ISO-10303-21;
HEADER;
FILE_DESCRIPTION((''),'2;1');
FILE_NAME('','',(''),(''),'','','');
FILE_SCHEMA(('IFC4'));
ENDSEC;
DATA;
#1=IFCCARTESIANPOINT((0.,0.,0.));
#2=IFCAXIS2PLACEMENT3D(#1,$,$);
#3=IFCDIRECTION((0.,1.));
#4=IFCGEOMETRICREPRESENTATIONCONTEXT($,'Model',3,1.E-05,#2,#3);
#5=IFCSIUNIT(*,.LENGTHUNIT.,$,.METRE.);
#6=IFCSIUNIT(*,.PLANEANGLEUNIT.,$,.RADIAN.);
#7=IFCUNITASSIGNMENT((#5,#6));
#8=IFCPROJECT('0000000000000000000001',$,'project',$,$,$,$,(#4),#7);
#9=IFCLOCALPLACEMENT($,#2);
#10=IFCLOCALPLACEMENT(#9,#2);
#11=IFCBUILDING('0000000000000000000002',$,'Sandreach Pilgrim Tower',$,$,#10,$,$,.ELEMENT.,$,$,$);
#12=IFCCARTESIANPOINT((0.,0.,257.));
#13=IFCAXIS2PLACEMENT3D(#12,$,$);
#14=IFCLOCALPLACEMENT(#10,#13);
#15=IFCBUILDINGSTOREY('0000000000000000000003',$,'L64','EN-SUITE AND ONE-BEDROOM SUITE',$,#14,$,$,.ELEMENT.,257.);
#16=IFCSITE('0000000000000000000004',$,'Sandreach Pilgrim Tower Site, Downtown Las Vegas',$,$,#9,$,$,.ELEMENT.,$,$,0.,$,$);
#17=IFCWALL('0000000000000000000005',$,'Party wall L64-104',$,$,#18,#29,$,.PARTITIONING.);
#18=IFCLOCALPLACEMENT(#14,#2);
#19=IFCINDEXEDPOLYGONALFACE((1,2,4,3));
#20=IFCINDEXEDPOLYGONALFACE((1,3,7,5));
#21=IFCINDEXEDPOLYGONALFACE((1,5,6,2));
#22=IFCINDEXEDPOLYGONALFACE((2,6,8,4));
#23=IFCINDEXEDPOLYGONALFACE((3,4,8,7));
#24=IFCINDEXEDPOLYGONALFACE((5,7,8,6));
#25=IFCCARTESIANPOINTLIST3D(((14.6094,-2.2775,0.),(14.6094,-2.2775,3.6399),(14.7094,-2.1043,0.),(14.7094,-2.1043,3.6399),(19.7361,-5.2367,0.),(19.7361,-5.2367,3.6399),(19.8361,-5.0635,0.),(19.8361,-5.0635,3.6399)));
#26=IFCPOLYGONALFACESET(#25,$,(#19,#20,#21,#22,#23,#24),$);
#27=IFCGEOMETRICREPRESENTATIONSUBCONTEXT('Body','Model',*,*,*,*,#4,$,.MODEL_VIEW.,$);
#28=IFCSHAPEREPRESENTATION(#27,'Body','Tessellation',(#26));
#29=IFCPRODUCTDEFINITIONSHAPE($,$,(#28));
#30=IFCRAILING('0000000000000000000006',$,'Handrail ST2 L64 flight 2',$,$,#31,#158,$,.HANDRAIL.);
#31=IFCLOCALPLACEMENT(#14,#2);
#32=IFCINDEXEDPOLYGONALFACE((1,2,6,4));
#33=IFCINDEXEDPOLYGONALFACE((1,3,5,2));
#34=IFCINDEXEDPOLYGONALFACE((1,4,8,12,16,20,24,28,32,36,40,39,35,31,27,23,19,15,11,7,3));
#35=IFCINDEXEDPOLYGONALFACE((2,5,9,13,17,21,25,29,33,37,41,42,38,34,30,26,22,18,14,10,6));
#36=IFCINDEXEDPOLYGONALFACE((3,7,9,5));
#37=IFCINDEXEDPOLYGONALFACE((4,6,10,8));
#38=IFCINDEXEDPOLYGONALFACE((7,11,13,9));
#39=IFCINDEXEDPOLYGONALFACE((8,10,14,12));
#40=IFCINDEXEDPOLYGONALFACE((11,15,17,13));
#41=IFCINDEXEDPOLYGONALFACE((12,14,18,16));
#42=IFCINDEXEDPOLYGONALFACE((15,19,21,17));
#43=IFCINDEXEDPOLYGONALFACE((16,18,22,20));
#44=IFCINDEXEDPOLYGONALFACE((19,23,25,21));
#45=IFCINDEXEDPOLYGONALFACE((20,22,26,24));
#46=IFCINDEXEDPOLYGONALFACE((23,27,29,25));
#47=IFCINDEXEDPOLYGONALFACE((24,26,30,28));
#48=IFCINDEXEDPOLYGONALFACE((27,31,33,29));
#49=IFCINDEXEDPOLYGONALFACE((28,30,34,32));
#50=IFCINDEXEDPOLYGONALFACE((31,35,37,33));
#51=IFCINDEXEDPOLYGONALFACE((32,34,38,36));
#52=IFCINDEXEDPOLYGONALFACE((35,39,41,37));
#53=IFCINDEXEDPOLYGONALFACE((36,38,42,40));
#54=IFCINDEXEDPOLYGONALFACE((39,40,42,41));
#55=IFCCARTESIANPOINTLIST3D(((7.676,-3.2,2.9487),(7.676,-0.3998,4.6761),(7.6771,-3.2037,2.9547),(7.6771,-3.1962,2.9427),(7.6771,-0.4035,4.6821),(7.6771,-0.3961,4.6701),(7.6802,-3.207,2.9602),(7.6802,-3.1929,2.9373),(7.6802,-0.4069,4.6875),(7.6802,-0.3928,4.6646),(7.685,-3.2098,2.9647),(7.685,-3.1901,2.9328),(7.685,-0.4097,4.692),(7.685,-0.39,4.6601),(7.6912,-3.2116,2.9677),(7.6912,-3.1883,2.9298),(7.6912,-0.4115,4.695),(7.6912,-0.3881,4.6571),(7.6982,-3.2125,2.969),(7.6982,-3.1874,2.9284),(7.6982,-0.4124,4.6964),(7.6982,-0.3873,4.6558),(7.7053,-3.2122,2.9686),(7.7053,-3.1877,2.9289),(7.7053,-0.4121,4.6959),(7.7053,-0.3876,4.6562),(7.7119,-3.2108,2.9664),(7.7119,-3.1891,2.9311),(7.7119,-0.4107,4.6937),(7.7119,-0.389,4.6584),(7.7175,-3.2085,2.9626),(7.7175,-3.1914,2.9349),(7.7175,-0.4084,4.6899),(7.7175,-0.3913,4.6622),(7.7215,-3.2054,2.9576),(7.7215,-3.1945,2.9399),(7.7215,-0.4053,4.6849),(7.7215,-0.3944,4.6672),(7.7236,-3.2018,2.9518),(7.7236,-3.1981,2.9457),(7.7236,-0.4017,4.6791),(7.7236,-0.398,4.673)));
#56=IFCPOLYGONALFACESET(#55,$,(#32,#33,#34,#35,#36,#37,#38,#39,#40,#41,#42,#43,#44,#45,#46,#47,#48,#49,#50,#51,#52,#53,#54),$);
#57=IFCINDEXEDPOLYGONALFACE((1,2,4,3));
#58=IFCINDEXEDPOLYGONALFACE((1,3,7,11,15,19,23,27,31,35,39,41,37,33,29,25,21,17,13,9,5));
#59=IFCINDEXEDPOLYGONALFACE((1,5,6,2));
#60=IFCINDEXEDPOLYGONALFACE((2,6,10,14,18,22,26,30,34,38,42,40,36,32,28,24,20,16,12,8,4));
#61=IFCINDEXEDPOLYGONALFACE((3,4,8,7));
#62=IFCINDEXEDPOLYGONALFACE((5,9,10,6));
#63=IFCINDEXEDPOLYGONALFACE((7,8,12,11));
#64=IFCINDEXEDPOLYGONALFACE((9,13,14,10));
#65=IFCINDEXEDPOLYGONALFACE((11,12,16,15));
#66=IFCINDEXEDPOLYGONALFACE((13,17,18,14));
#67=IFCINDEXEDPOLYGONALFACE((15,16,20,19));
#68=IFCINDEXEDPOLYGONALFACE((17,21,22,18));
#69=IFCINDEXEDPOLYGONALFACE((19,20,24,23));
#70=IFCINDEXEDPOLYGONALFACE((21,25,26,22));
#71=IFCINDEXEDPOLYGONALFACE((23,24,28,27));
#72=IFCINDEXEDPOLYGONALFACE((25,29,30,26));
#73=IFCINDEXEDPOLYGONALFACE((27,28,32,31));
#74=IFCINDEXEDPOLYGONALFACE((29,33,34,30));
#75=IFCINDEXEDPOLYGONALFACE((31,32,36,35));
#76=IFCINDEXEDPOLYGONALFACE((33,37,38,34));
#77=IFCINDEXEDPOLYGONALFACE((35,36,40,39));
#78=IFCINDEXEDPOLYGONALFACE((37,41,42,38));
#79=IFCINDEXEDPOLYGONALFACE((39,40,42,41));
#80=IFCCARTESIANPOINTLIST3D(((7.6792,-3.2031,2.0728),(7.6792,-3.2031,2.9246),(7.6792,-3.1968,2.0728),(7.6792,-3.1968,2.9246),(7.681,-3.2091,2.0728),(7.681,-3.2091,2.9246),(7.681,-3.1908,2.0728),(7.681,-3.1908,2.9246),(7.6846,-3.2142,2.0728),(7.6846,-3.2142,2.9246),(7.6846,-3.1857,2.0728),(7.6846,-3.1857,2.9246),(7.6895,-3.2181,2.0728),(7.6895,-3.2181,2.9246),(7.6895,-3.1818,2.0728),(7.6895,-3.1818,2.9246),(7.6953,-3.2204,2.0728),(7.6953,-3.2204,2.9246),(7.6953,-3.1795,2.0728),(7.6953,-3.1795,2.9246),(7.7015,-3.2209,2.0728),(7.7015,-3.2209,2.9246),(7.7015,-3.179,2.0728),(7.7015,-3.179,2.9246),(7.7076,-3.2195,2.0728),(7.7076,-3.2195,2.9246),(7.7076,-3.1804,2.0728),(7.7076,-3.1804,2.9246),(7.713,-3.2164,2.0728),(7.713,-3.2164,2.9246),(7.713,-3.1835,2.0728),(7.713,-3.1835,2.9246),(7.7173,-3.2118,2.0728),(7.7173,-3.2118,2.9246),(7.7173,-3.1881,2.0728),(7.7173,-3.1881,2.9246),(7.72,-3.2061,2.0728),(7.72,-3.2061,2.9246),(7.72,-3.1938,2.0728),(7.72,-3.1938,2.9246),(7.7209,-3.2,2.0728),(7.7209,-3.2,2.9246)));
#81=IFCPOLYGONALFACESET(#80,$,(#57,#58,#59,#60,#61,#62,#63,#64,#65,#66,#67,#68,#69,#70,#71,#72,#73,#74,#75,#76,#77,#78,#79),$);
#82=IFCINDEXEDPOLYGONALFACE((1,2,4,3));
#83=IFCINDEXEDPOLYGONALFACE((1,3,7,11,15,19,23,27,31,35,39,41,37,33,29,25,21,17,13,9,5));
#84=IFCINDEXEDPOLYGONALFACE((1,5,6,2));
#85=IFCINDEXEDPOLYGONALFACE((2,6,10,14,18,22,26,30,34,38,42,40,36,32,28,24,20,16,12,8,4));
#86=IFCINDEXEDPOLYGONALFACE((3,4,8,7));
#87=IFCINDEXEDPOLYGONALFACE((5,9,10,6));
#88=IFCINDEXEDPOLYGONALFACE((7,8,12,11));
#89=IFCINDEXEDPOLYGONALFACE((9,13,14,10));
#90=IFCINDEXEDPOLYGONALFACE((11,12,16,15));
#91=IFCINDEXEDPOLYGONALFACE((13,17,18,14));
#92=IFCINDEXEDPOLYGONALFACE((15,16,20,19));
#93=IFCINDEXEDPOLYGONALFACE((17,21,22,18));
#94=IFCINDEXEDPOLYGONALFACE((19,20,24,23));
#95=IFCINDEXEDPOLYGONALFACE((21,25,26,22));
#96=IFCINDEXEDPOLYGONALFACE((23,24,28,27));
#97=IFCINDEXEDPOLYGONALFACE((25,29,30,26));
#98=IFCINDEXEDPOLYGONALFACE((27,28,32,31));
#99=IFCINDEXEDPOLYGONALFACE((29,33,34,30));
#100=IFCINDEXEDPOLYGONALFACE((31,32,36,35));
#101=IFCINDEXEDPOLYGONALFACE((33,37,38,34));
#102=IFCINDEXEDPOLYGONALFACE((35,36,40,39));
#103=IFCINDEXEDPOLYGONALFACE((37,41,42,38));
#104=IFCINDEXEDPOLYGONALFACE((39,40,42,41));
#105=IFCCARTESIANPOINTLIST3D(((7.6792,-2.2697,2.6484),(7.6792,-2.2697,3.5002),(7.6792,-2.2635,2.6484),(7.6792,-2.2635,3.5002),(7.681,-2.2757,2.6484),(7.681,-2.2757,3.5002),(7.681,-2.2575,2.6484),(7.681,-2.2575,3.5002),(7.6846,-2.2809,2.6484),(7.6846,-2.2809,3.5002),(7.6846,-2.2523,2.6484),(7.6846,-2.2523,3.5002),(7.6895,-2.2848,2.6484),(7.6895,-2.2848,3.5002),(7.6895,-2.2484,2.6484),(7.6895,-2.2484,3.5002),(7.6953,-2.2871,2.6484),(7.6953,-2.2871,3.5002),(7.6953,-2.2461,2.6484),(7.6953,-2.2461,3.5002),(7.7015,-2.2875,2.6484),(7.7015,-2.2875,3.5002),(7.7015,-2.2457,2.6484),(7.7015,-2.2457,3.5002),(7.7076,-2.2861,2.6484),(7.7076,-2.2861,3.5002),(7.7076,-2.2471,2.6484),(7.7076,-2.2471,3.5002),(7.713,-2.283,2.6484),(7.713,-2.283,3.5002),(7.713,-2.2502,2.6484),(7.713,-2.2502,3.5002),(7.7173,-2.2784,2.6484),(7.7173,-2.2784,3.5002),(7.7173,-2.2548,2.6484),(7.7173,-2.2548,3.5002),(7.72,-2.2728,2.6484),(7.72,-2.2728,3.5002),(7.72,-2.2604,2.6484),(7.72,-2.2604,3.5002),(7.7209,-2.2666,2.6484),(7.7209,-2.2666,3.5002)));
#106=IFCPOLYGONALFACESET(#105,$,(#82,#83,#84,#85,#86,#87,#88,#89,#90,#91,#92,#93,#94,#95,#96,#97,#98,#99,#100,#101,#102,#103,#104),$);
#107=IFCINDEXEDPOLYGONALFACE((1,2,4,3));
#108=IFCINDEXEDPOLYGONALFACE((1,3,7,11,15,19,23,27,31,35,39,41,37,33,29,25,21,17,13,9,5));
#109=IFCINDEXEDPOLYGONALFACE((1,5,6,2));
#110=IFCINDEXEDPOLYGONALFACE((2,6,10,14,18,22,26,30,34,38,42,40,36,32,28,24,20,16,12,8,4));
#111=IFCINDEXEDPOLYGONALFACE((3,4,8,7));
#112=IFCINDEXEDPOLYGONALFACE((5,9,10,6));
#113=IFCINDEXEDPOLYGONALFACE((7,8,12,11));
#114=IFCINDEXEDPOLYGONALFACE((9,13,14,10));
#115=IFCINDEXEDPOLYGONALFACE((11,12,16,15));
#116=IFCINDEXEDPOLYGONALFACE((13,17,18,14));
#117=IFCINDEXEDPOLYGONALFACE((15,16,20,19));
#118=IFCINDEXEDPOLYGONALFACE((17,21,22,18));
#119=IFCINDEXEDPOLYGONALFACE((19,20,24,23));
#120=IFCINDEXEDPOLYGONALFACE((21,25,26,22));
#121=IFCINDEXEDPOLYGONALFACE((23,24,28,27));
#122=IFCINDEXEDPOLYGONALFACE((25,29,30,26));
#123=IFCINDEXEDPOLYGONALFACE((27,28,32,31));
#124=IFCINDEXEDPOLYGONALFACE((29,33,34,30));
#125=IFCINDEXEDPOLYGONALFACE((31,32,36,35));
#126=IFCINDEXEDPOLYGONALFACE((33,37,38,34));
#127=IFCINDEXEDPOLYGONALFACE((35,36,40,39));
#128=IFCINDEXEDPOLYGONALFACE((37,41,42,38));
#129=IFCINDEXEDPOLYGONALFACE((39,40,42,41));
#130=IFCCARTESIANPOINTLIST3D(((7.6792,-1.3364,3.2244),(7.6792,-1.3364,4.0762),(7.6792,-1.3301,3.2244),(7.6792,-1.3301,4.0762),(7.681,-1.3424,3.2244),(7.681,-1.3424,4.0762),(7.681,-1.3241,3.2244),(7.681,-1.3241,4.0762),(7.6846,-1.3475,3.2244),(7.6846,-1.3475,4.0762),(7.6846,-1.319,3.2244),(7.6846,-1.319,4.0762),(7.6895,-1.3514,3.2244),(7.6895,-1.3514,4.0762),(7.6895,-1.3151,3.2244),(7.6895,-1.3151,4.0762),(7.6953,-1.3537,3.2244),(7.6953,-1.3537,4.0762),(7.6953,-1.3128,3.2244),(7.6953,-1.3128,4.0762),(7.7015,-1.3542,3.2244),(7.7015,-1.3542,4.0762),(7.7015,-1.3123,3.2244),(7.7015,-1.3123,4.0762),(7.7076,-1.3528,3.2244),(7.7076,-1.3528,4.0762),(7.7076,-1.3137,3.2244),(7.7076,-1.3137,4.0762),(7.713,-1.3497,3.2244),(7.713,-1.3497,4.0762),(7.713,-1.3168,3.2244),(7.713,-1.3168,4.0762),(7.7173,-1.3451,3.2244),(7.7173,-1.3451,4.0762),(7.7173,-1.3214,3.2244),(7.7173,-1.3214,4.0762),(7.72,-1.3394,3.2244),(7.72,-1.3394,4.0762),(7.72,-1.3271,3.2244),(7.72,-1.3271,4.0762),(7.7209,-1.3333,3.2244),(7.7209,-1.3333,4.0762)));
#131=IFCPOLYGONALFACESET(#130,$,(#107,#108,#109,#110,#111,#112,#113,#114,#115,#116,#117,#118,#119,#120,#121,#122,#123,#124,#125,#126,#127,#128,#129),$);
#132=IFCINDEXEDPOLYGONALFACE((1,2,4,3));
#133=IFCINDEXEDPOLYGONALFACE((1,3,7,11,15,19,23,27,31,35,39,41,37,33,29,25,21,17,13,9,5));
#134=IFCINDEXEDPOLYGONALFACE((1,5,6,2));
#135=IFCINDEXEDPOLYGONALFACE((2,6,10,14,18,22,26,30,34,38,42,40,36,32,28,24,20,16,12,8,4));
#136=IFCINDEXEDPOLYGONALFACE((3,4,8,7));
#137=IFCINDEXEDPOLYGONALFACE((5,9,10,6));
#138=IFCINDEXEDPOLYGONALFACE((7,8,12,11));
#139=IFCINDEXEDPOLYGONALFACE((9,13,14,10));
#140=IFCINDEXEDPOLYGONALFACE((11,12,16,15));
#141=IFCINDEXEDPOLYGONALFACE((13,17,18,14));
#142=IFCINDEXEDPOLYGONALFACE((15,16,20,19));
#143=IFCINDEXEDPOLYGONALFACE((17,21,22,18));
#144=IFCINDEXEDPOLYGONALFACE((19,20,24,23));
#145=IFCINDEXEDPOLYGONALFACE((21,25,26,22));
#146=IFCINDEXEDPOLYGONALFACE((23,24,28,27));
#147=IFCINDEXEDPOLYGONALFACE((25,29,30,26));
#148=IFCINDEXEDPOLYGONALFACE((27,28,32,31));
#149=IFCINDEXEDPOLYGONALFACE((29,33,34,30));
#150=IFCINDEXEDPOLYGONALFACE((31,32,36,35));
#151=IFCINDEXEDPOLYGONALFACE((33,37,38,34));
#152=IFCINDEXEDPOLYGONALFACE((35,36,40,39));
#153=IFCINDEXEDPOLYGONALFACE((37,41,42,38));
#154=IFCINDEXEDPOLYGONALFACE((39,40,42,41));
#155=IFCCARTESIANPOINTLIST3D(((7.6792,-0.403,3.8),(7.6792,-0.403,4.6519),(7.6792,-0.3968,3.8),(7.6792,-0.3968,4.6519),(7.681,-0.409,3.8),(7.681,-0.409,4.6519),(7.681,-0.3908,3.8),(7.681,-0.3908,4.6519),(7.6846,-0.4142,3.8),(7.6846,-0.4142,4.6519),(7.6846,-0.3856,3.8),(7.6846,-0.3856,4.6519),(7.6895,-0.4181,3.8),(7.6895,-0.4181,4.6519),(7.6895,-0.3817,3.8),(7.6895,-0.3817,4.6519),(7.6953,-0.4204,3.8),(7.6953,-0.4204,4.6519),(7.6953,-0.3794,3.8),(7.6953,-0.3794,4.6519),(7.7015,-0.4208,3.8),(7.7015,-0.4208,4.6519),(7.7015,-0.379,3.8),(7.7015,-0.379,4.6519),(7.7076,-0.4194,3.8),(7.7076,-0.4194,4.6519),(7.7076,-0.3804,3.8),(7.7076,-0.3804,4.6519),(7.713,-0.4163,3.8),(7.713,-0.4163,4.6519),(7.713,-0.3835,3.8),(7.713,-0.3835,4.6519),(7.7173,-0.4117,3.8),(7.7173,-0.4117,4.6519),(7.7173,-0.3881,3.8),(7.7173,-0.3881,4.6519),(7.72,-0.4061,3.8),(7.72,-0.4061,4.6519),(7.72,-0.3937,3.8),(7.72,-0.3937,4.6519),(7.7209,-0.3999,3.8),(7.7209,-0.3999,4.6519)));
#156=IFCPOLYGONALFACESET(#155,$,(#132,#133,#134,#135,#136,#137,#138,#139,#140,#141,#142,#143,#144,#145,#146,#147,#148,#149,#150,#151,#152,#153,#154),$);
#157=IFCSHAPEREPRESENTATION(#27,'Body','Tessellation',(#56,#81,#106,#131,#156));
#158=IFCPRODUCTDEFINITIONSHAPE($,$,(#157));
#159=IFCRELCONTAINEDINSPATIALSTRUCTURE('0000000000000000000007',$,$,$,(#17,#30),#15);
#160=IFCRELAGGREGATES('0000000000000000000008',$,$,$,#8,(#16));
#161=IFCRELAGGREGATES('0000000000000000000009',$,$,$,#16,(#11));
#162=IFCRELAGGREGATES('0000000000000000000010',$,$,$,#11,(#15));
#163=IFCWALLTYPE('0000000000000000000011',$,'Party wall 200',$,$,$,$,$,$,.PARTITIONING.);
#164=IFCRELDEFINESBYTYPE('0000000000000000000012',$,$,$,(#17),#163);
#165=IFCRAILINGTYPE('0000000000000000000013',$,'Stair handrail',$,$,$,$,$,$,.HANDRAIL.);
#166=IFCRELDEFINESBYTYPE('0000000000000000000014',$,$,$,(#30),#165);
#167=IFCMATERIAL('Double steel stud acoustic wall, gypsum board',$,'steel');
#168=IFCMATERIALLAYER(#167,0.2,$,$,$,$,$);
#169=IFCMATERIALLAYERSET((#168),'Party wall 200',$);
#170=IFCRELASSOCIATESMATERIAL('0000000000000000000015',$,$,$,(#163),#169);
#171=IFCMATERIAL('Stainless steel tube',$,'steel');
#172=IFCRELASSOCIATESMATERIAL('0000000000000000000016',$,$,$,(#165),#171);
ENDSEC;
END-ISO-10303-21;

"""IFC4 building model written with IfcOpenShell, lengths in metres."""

from ifc_helpers import new_model, si_unit, direction, frame, frame_2d, origin, origin_2d, place, context, subcontext, project, spatial, rectangle, circle, extrude, material, layer, layer_set, type_object, element, save


model = new_model("IFC4")

# Units and contexts
model_context = context("Model", 3, precision=1e-05, world=origin(), true_north=direction((0.0, 1.0)))
body_context = subcontext(model_context, "Body", "Model", "MODEL_VIEW")
ifc_project = project(units=[si_unit("LENGTHUNIT", "METRE"), si_unit("PLANEANGLEUNIT", "RADIAN")], contexts=[model_context])

# Site, building, storey
site_placement = place(None, origin())
site = spatial("IfcSite", under=ifc_project, at=site_placement, Name="Sandreach Pilgrim Tower Site, Downtown Las Vegas", CompositionType="ELEMENT", RefElevation=0.0)
building_placement = place(site_placement, origin())
building = spatial("IfcBuilding", under=site, at=building_placement, Name="Sandreach Pilgrim Tower", CompositionType="ELEMENT")
storey_placement = place(building_placement, frame((0.0, 0.0, 257.0)))
storey = spatial("IfcBuildingStorey", under=building, at=storey_placement, Name="L64", Description="EN-SUITE AND ONE-BEDROOM SUITE", CompositionType="ELEMENT", Elevation=257.0)

# Wall
ifc_material_1 = material(Name="Double steel stud acoustic wall, gypsum board", Category="steel")
ifc_layer_1 = layer(ifc_material_1, 0.2)
ifc_layer_set_1 = layer_set([ifc_layer_1], Name="Party wall 200")
wall_type_1 = type_object("IfcWallType", Name="Party wall 200", PredefinedType="PARTITIONING", material=ifc_layer_set_1)
wall_1_placement = place(storey_placement, frame((14.6594, -2.1909, 0.0), z_axis=(0.0, 0.0, 1.0), x_axis=(0.866075, -0.499914, 0.0)))
element("IfcWall", 1, at=wall_1_placement, inside=storey, type_object=wall_type_1, Name="Party wall L64-104", PredefinedType="PARTITIONING", context=body_context, shape_type="SweptSolid", body=[
    extrude(rectangle(XDim=5.9194, YDim=0.2, at=frame_2d((2.9597, 0.0))), origin(), (0.0, 0.0, 1.0), 3.6399),
])

# Railing
ifc_material_2 = material(Name="Stainless steel tube", Category="steel")
railing_type = type_object("IfcRailingType", Name="Stair handrail", PredefinedType="HANDRAIL", material=ifc_material_2)
railing_placement = place(storey_placement, frame((7.7, -3.2, 2.0728)))
element("IfcRailing", 2, at=railing_placement, inside=storey, type_object=railing_type, Name="Handrail ST2 L64 flight 2", PredefinedType="HANDRAIL", context=body_context, shape_type="SweptSolid", body=[
    extrude(circle(Radius=0.0239, at=origin_2d()), frame((0.0, 0.0, 0.876), z_axis=(0.0, 0.85109, 0.52502), x_axis=(-1.0, 0.0, 0.0)), (0.0, 0.0, 1.0), 3.29),
    extrude(circle(Radius=0.021, at=origin_2d()), origin(), (0.0, 0.0, 1.0), 0.8518),
    extrude(circle(Radius=0.021, at=origin_2d()), frame((0.0, 0.9333, 0.5757)), (0.0, 0.0, 1.0), 0.8518),
    extrude(circle(Radius=0.021, at=origin_2d()), frame((0.0, 1.8667, 1.1516)), (0.0, 0.0, 1.0), 0.8518),
    extrude(circle(Radius=0.021, at=origin_2d()), frame((0.0, 2.8, 1.7273)), (0.0, 0.0, 1.0), 0.8518),
])

save(model, "model.ifc")
